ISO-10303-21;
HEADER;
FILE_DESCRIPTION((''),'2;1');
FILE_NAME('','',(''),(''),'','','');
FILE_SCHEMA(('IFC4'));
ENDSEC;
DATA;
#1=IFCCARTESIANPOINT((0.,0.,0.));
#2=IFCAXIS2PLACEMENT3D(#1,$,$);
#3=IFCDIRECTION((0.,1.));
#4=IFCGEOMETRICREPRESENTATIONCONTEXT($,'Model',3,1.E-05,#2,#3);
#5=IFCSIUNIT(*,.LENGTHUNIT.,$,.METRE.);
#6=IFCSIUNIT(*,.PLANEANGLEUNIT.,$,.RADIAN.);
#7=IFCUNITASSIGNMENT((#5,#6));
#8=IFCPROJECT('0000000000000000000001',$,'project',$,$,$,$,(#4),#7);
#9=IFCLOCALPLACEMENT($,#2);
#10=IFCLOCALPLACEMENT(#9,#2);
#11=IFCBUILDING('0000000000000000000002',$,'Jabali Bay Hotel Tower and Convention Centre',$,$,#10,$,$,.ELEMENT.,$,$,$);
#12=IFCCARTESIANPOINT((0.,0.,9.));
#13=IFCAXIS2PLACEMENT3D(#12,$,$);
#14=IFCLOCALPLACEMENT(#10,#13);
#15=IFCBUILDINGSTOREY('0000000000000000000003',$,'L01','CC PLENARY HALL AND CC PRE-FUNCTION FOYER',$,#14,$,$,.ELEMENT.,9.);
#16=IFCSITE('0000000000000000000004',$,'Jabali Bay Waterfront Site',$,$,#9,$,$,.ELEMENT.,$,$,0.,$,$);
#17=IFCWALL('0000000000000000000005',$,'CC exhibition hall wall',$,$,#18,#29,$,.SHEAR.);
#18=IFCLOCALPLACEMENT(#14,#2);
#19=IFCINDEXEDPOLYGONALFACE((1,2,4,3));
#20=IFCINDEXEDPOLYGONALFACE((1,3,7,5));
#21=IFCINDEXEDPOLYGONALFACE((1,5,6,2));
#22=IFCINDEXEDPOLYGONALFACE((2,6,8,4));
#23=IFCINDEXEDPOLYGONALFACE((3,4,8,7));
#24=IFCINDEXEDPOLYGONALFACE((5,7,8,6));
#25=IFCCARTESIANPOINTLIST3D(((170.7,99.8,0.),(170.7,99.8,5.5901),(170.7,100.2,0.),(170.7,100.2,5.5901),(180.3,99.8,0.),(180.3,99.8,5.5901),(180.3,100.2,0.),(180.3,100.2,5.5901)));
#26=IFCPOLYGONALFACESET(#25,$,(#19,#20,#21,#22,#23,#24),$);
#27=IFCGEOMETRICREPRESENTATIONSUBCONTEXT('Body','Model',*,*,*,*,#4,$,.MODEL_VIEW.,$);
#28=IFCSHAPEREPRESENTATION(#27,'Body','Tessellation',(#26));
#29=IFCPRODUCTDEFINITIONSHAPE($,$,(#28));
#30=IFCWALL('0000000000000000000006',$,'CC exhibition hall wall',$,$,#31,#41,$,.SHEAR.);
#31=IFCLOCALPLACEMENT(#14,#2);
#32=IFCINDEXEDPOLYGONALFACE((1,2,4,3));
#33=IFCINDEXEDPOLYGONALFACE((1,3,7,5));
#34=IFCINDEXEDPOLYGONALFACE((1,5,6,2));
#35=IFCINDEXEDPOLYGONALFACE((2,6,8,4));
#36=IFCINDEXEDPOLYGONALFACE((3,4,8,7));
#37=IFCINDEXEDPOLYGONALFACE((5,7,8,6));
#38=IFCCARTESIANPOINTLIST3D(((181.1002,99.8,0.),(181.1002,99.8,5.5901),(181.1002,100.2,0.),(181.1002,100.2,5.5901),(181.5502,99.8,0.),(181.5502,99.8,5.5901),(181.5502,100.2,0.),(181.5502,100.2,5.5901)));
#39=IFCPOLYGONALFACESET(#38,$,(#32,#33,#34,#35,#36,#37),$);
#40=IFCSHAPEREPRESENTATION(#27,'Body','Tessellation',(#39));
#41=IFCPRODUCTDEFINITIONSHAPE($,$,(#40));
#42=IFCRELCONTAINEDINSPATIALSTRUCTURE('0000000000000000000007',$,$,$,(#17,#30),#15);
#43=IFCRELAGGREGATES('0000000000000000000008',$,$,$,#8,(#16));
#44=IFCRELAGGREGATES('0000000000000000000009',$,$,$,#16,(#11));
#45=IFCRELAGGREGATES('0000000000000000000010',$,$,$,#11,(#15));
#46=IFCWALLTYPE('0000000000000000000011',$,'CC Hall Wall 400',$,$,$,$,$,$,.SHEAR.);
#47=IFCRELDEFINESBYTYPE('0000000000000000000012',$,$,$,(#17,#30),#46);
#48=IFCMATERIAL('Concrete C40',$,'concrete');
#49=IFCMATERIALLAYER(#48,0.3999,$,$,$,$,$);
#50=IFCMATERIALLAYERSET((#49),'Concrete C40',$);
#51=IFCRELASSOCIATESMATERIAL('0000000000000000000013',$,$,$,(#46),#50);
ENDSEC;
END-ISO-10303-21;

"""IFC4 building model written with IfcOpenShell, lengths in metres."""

from ifc_helpers import new_model, si_unit, direction, frame, frame_2d, origin, place, context, subcontext, project, spatial, rectangle, extrude, material, layer, layer_set, type_object, element, save


model = new_model("IFC4")

# Units and contexts
model_context = context("Model", 3, precision=1e-05, world=origin(), true_north=direction((0.0, 1.0)))
body_context = subcontext(model_context, "Body", "Model", "MODEL_VIEW")
ifc_project = project(units=[si_unit("LENGTHUNIT", "METRE"), si_unit("PLANEANGLEUNIT", "RADIAN")], contexts=[model_context])

# Site, building, storey
site_placement = place(None, origin())
site = spatial("IfcSite", under=ifc_project, at=site_placement, Name="Jabali Bay Waterfront Site", CompositionType="ELEMENT", RefElevation=0.0)
building_placement = place(site_placement, origin())
building = spatial("IfcBuilding", under=site, at=building_placement, Name="Jabali Bay Hotel Tower and Convention Centre", CompositionType="ELEMENT")
storey_placement = place(building_placement, frame((0.0, 0.0, 9.0)))
storey = spatial("IfcBuildingStorey", under=building, at=storey_placement, Name="L01", Description="CC PLENARY HALL AND CC PRE-FUNCTION FOYER", CompositionType="ELEMENT", Elevation=9.0)

# Walls
ifc_material_1 = material(Name="Concrete C40", Category="concrete")
ifc_layer_1 = layer(ifc_material_1, 0.3999)
ifc_layer_set_1 = layer_set([ifc_layer_1], Name="Concrete C40")
wall_type_1 = type_object("IfcWallType", Name="CC Hall Wall 400", PredefinedType="SHEAR", material=ifc_layer_set_1)
wall_1_placement = place(storey_placement, frame((170.7, 100.0, 0.0), z_axis=(0.0, 0.0, 1.0), x_axis=(1.0, 0.0, 0.0)))
element("IfcWall", 1, at=wall_1_placement, inside=storey, type_object=wall_type_1, Name="CC exhibition hall wall", PredefinedType="SHEAR", context=body_context, shape_type="SweptSolid", body=[
    extrude(rectangle(XDim=9.6001, YDim=0.3999, at=frame_2d((4.8, 0.0))), origin(), (0.0, 0.0, 1.0), 5.5901),
])
wall_2_placement = place(storey_placement, frame((181.1001, 100.0, 0.0), z_axis=(0.0, 0.0, 1.0), x_axis=(1.0, 0.0, 0.0)))
element("IfcWall", 2, at=wall_2_placement, inside=storey, type_object=wall_type_1, Name="CC exhibition hall wall", PredefinedType="SHEAR", context=body_context, shape_type="SweptSolid", body=[
    extrude(rectangle(XDim=0.45, YDim=0.3999, at=frame_2d((0.2251, 0.0))), origin(), (0.0, 0.0, 1.0), 5.5901),
])

save(model, "model.ifc")
